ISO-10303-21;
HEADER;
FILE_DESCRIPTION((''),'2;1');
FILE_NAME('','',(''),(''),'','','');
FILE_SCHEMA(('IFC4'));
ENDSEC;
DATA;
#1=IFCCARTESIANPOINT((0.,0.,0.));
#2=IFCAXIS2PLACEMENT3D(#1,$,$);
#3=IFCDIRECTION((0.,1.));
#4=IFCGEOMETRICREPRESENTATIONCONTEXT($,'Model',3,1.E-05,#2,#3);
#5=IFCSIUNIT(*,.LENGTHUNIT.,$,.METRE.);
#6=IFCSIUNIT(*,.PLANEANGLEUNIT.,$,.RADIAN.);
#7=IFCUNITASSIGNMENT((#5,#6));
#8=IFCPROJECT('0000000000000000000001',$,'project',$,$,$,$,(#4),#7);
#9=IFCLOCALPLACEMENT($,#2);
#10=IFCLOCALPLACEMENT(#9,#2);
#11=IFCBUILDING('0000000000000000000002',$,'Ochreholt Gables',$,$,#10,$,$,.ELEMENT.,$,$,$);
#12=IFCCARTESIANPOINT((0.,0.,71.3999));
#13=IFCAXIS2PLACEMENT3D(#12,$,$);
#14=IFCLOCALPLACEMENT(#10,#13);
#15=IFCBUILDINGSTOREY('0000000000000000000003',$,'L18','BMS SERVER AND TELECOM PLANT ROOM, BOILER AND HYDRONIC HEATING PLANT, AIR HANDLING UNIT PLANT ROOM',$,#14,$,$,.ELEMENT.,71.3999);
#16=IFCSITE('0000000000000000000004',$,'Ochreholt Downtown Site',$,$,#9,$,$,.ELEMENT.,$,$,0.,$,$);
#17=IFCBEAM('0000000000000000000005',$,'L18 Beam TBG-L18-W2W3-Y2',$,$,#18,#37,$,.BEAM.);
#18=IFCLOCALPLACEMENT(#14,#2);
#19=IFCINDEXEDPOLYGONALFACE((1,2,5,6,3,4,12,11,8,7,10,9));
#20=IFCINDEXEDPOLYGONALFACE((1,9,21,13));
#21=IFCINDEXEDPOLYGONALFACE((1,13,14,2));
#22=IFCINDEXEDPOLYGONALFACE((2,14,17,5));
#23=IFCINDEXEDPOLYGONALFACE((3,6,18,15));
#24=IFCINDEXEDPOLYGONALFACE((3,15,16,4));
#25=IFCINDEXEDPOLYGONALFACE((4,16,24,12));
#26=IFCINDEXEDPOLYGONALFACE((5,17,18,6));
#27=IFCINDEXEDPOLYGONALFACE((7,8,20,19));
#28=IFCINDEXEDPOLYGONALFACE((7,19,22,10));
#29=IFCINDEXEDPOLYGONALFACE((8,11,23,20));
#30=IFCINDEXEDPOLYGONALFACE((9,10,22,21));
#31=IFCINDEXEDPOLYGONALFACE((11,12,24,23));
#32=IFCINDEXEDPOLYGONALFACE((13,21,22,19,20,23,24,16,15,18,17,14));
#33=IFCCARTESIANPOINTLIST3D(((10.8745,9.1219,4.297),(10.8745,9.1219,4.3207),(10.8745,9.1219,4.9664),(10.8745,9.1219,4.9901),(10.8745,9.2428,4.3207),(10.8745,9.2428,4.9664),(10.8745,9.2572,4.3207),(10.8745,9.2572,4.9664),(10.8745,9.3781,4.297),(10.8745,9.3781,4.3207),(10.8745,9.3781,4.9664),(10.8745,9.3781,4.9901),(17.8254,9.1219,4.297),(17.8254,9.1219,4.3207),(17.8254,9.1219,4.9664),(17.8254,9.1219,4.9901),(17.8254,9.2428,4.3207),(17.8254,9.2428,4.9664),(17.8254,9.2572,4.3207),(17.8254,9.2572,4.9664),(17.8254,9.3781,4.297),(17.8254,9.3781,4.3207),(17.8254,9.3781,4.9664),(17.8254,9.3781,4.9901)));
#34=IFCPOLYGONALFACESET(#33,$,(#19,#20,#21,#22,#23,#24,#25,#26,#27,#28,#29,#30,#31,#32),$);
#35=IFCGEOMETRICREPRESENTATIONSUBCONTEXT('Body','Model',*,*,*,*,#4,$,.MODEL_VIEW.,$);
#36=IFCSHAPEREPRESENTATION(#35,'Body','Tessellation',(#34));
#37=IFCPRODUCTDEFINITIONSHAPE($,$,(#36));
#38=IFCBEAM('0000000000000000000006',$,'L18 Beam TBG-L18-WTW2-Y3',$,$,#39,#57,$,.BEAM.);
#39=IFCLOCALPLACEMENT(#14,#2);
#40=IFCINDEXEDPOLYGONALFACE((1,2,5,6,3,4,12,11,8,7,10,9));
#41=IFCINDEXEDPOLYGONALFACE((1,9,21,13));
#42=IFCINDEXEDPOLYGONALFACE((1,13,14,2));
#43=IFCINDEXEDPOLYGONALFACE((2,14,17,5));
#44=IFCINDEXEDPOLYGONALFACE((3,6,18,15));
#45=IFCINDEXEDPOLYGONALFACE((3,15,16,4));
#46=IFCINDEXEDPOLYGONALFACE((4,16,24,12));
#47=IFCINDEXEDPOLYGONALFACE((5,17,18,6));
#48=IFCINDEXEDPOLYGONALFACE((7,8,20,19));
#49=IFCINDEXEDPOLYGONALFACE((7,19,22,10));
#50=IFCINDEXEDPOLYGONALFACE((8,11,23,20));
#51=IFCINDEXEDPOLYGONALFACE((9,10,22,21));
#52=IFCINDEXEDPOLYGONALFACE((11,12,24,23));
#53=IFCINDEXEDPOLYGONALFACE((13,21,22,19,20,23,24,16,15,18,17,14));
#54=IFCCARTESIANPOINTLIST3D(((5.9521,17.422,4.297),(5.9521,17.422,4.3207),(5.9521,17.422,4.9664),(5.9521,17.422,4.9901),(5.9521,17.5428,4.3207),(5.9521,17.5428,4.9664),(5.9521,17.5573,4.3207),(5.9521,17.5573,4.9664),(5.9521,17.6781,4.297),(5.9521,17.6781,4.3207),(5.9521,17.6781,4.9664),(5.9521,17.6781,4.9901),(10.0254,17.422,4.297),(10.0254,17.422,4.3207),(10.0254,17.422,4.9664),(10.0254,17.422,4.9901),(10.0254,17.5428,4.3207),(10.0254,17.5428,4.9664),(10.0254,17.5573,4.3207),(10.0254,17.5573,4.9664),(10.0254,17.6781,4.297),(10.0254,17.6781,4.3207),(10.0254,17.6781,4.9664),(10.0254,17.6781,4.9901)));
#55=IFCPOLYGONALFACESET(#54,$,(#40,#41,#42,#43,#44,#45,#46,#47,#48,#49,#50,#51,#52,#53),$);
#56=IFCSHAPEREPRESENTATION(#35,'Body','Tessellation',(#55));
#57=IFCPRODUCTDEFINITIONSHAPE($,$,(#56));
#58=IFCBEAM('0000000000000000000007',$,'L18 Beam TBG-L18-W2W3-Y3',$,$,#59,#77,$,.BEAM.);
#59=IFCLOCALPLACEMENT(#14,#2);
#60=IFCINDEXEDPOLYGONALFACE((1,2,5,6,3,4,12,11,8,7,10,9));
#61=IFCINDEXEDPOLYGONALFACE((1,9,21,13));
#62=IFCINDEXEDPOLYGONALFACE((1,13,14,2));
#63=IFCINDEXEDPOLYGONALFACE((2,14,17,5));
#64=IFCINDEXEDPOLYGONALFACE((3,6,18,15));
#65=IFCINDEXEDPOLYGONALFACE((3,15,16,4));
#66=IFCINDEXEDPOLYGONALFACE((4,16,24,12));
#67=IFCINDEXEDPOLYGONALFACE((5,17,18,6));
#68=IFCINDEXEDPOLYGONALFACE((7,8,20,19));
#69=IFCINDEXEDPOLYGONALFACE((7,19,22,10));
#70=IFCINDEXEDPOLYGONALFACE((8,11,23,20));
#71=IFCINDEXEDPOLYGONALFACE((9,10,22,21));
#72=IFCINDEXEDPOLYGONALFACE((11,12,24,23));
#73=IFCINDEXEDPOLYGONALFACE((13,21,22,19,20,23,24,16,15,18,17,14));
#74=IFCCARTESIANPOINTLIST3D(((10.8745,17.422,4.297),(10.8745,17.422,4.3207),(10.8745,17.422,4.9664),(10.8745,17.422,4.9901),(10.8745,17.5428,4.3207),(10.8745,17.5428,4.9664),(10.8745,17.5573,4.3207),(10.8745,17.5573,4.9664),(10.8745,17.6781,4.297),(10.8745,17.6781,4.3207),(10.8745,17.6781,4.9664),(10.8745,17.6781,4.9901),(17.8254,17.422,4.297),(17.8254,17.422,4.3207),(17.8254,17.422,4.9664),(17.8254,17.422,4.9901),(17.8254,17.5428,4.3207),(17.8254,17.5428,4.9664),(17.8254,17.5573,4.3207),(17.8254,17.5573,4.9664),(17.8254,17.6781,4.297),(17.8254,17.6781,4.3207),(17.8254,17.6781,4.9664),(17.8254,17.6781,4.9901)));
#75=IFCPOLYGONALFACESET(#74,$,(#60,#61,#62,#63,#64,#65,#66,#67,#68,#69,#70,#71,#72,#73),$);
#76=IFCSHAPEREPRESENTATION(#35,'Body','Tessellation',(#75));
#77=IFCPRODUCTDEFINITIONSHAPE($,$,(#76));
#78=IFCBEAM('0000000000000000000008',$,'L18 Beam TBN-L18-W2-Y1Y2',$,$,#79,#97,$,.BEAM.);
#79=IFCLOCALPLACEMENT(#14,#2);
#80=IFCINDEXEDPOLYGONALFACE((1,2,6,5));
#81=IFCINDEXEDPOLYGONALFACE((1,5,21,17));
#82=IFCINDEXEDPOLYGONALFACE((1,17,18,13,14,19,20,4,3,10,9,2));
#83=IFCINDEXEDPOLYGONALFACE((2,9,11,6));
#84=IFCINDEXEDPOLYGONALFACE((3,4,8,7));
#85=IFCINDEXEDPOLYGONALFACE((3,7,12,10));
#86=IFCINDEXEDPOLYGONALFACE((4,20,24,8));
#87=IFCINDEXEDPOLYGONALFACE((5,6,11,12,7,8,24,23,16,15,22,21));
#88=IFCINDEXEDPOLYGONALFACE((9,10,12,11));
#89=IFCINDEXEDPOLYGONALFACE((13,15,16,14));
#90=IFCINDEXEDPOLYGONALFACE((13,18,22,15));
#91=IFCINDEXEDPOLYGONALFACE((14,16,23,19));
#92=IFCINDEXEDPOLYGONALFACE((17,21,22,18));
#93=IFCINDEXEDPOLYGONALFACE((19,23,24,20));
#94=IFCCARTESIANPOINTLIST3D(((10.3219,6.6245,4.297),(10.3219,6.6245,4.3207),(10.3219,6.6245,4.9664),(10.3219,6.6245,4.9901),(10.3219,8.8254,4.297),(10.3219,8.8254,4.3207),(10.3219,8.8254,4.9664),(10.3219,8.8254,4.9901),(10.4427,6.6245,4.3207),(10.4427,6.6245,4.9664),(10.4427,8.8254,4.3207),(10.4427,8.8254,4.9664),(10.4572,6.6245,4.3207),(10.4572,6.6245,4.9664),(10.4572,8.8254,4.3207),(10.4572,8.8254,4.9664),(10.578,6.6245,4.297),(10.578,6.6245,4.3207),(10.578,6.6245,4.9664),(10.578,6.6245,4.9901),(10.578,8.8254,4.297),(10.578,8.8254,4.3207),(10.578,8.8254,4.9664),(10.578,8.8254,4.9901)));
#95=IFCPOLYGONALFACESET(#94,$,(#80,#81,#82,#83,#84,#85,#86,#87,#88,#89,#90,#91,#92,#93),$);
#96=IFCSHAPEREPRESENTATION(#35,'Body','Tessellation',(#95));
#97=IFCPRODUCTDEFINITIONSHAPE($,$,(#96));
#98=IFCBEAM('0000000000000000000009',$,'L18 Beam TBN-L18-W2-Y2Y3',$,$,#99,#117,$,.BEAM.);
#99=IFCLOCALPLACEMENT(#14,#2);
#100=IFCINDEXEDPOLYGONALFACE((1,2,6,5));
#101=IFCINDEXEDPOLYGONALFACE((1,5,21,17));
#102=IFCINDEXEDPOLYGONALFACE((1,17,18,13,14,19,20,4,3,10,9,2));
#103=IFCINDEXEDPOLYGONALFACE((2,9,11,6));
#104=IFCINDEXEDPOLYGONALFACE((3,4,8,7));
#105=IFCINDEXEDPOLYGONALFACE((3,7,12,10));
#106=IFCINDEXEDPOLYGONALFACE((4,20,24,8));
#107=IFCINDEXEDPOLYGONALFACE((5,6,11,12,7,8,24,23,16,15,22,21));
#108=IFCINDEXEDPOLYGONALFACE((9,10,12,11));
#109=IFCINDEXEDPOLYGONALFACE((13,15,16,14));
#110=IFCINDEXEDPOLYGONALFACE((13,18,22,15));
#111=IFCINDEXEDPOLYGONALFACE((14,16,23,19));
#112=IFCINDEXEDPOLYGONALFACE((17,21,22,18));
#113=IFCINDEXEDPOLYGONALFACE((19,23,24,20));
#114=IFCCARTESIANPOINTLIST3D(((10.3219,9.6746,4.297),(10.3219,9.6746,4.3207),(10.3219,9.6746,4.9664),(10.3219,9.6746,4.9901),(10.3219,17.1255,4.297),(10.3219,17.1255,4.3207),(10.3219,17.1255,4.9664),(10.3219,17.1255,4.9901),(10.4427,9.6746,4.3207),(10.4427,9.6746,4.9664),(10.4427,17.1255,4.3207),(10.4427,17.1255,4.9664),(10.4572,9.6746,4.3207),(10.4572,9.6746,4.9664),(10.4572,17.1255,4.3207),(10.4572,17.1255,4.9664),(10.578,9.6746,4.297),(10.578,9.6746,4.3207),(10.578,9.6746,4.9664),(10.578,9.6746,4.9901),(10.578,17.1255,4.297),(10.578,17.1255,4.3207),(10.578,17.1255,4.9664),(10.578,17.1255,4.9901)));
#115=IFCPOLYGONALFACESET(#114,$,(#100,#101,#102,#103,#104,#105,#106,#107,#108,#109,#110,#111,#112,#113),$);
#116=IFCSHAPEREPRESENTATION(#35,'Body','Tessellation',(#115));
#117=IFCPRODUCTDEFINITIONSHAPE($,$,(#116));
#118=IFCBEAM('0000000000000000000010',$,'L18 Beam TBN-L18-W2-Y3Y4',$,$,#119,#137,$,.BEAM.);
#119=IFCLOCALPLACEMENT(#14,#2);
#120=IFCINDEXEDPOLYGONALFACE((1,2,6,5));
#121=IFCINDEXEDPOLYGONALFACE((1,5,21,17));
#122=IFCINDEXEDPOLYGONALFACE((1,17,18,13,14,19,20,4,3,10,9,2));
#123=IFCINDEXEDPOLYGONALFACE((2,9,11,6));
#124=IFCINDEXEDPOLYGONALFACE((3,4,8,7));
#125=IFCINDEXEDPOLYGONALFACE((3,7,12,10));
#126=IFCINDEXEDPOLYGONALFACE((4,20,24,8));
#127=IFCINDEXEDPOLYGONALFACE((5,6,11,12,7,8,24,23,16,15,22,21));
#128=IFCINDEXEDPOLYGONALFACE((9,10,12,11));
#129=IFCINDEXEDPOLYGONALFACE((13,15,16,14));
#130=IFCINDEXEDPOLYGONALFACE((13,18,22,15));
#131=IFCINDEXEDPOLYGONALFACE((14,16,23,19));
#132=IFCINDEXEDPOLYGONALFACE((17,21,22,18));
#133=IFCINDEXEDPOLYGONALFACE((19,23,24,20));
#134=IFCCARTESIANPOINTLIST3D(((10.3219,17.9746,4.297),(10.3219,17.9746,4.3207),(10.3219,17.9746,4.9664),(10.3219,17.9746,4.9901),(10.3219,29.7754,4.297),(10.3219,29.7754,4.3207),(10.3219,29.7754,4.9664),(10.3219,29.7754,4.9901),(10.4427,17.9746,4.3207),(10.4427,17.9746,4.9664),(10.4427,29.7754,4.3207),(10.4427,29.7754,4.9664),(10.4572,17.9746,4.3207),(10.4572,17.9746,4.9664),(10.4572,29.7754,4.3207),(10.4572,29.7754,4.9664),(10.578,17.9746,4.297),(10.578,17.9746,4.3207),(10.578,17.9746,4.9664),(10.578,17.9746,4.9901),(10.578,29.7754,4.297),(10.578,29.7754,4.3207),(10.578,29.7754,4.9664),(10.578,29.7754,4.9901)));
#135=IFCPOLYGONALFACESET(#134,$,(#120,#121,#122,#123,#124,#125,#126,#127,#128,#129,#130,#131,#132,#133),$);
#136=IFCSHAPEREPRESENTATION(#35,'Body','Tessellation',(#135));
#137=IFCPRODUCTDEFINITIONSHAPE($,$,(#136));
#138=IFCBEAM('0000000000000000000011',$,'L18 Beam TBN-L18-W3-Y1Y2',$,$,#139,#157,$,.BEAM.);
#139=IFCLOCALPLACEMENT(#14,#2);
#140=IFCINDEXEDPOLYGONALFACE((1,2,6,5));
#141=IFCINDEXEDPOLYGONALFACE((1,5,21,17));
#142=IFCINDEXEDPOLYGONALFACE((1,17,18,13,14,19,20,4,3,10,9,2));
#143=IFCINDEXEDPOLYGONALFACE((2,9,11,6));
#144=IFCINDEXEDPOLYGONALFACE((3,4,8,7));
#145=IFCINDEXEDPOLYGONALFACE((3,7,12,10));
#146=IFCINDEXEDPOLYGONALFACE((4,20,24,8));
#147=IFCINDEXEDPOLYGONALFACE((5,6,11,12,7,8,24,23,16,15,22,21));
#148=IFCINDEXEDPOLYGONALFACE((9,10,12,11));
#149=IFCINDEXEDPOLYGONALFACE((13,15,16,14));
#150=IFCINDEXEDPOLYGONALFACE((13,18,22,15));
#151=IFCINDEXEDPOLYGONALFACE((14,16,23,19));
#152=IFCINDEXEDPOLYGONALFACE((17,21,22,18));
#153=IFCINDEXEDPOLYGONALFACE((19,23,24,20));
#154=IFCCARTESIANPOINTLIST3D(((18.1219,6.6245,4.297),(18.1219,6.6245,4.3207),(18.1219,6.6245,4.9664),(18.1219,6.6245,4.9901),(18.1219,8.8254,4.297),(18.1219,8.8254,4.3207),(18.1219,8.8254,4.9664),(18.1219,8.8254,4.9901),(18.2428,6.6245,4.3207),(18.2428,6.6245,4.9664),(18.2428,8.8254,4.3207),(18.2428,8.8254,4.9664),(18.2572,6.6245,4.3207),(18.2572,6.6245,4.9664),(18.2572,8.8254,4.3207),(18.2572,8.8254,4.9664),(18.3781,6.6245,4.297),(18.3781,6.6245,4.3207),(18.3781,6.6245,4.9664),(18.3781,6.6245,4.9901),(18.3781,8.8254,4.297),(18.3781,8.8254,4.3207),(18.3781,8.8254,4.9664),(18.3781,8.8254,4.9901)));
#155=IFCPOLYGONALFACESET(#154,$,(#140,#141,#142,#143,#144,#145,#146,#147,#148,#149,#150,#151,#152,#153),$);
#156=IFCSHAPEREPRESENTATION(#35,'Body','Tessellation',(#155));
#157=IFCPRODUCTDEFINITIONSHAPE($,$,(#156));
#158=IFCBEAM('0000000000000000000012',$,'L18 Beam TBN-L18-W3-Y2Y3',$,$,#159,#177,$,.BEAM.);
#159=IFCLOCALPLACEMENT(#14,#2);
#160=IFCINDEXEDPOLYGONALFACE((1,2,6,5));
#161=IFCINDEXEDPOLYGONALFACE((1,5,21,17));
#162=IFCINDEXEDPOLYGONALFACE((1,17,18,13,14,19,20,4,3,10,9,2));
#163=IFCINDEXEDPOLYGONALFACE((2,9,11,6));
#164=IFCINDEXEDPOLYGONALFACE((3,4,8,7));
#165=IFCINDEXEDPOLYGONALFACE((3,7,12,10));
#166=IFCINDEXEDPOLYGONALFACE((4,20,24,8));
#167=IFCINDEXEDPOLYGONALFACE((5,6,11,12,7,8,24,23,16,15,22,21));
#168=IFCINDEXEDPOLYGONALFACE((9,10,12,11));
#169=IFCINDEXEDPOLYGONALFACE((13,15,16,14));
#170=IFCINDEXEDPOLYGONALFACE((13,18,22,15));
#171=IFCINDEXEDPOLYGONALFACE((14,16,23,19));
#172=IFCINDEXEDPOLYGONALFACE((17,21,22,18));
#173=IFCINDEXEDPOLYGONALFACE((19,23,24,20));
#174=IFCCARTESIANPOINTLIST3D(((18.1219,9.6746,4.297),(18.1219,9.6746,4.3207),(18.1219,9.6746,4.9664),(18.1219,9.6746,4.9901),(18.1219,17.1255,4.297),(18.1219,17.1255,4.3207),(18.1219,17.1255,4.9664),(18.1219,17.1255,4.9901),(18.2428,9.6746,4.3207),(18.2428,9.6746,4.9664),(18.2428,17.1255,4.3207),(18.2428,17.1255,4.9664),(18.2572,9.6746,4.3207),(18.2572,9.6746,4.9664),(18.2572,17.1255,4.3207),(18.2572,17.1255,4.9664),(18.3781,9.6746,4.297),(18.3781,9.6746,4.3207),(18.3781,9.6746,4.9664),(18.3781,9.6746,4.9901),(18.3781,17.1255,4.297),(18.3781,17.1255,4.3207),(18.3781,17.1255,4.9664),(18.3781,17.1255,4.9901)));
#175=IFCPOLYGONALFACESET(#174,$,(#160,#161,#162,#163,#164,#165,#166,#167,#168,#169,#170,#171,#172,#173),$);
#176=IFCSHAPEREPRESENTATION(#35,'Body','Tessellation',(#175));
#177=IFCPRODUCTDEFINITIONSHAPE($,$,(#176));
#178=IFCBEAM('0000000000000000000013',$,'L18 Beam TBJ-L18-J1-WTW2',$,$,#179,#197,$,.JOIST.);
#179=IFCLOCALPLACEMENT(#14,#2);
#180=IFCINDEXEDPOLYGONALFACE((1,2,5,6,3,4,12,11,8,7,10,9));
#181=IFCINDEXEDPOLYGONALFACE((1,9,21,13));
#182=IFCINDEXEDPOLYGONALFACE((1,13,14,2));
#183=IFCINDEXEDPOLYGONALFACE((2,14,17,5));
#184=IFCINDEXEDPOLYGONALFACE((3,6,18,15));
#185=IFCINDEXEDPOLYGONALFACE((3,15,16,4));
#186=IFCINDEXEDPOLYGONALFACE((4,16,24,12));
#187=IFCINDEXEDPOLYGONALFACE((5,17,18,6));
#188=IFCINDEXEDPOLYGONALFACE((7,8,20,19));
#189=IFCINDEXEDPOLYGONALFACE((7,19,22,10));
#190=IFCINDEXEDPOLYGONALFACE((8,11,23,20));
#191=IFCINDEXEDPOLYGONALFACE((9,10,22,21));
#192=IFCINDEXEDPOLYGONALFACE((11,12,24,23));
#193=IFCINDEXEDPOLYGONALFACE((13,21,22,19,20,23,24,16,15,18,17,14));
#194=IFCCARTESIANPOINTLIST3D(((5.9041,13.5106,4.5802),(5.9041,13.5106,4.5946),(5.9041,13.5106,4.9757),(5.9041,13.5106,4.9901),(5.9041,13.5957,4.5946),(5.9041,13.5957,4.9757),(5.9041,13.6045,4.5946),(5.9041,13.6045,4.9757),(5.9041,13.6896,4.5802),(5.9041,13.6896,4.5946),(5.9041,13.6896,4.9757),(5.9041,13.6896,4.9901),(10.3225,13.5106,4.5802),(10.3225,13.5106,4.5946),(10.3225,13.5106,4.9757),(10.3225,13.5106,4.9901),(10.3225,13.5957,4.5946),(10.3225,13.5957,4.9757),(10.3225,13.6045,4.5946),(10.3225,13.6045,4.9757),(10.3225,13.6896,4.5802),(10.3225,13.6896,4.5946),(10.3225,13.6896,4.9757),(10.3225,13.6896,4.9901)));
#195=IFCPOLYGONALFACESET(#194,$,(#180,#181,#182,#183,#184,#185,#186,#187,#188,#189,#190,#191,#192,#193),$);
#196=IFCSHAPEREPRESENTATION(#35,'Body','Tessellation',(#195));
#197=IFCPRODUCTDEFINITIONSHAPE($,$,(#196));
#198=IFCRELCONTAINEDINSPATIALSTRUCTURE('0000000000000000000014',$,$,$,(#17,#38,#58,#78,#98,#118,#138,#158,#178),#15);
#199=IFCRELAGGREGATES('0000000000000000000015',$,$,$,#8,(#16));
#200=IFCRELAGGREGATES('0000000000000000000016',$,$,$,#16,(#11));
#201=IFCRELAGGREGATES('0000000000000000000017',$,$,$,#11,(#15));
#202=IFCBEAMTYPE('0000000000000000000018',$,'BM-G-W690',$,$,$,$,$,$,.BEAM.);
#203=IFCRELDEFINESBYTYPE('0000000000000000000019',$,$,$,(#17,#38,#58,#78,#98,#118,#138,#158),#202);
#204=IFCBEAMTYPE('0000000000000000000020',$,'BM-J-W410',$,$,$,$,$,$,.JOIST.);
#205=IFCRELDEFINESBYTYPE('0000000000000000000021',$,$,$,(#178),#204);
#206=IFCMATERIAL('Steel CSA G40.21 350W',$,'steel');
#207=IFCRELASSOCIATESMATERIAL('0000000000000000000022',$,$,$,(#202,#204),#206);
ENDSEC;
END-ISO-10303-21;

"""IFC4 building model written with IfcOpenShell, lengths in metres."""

from ifc_helpers import new_model, si_unit, direction, frame, origin, origin_2d, place, context, subcontext, project, spatial, i_section, extrude, material, material_profile, profile_set, type_object, element, save


model = new_model("IFC4")

# Units and contexts
model_context = context("Model", 3, precision=1e-05, world=origin(), true_north=direction((0.0, 1.0)))
body_context = subcontext(model_context, "Body", "Model", "MODEL_VIEW")
ifc_project = project(units=[si_unit("LENGTHUNIT", "METRE"), si_unit("PLANEANGLEUNIT", "RADIAN")], contexts=[model_context])

# Site, building, storey
site_placement = place(None, origin())
site = spatial("IfcSite", under=ifc_project, at=site_placement, Name="Ochreholt Downtown Site", CompositionType="ELEMENT", RefElevation=0.0)
building_placement = place(site_placement, origin())
building = spatial("IfcBuilding", under=site, at=building_placement, Name="Ochreholt Gables", CompositionType="ELEMENT")
storey_placement = place(building_placement, frame((0.0, 0.0, 71.3999)))
storey = spatial("IfcBuildingStorey", under=building, at=storey_placement, Name="L18", Description="BMS SERVER AND TELECOM PLANT ROOM, BOILER AND HYDRONIC HEATING PLANT, AIR HANDLING UNIT PLANT ROOM", CompositionType="ELEMENT", Elevation=71.3999)

# Shared definitions
ifc_material_1 = material(Name="Steel CSA G40.21 350W", Category="steel")

# Beams
ifc_material_profile_1 = material_profile(ifc_material_1, i_section(OverallWidth=0.2561, OverallDepth=0.6931, WebThickness=0.0144, FlangeThickness=0.0237, at=origin_2d()), Name="W690X170")
ifc_profile_set_1 = profile_set([ifc_material_profile_1], Name="Steel CSA G40.21 350W")
beam_type_1 = type_object("IfcBeamType", Name="BM-G-W690", PredefinedType="BEAM", material=ifc_profile_set_1)
beam_1_placement = place(storey_placement, frame((10.8745, 9.25, 4.6436), z_axis=(1.0, 0.0, 0.0), x_axis=(0.0, 1.0, 0.0)))
element("IfcBeam", 1, at=beam_1_placement, inside=storey, type_object=beam_type_1, Name="L18 Beam TBG-L18-W2W3-Y2", PredefinedType="BEAM", context=body_context, shape_type="SweptSolid", body=[
    extrude(i_section(OverallWidth=0.2561, OverallDepth=0.6931, WebThickness=0.0144, FlangeThickness=0.0237, at=origin_2d()), origin(), (0.0, 0.0, 1.0), 6.9509),
])
beam_2_placement = place(storey_placement, frame((5.9521, 17.55, 4.6436), z_axis=(1.0, 0.0, 0.0), x_axis=(0.0, 1.0, 0.0)))
element("IfcBeam", 2, at=beam_2_placement, inside=storey, type_object=beam_type_1, Name="L18 Beam TBG-L18-WTW2-Y3", PredefinedType="BEAM", context=body_context, shape_type="SweptSolid", body=[
    extrude(i_section(OverallWidth=0.2561, OverallDepth=0.6931, WebThickness=0.0144, FlangeThickness=0.0237, at=origin_2d()), origin(), (0.0, 0.0, 1.0), 4.0732),
])
beam_3_placement = place(storey_placement, frame((10.8745, 17.55, 4.6436), z_axis=(1.0, 0.0, 0.0), x_axis=(0.0, 1.0, 0.0)))
element("IfcBeam", 3, at=beam_3_placement, inside=storey, type_object=beam_type_1, Name="L18 Beam TBG-L18-W2W3-Y3", PredefinedType="BEAM", context=body_context, shape_type="SweptSolid", body=[
    extrude(i_section(OverallWidth=0.2561, OverallDepth=0.6931, WebThickness=0.0144, FlangeThickness=0.0237, at=origin_2d()), origin(), (0.0, 0.0, 1.0), 6.9509),
])
beam_4_placement = place(storey_placement, frame((10.45, 6.6245, 4.6436), z_axis=(0.0, 1.0, 0.0), x_axis=(-1.0, 0.0, 0.0)))
element("IfcBeam", 4, at=beam_4_placement, inside=storey, type_object=beam_type_1, Name="L18 Beam TBN-L18-W2-Y1Y2", PredefinedType="BEAM", context=body_context, shape_type="SweptSolid", body=[
    extrude(i_section(OverallWidth=0.2561, OverallDepth=0.6931, WebThickness=0.0144, FlangeThickness=0.0237, at=origin_2d()), origin(), (0.0, 0.0, 1.0), 2.2009),
])
beam_5_placement = place(storey_placement, frame((10.45, 9.6746, 4.6436), z_axis=(0.0, 1.0, 0.0), x_axis=(-1.0, 0.0, 0.0)))
element("IfcBeam", 5, at=beam_5_placement, inside=storey, type_object=beam_type_1, Name="L18 Beam TBN-L18-W2-Y2Y3", PredefinedType="BEAM", context=body_context, shape_type="SweptSolid", body=[
    extrude(i_section(OverallWidth=0.2561, OverallDepth=0.6931, WebThickness=0.0144, FlangeThickness=0.0237, at=origin_2d()), origin(), (0.0, 0.0, 1.0), 7.4509),
])
beam_6_placement = place(storey_placement, frame((10.45, 17.9746, 4.6436), z_axis=(0.0, 1.0, 0.0), x_axis=(-1.0, 0.0, 0.0)))
element("IfcBeam", 6, at=beam_6_placement, inside=storey, type_object=beam_type_1, Name="L18 Beam TBN-L18-W2-Y3Y4", PredefinedType="BEAM", context=body_context, shape_type="SweptSolid", body=[
    extrude(i_section(OverallWidth=0.2561, OverallDepth=0.6931, WebThickness=0.0144, FlangeThickness=0.0237, at=origin_2d()), origin(), (0.0, 0.0, 1.0), 11.8008),
])
beam_7_placement = place(storey_placement, frame((18.25, 6.6245, 4.6436), z_axis=(0.0, 1.0, 0.0), x_axis=(-1.0, 0.0, 0.0)))
element("IfcBeam", 7, at=beam_7_placement, inside=storey, type_object=beam_type_1, Name="L18 Beam TBN-L18-W3-Y1Y2", PredefinedType="BEAM", context=body_context, shape_type="SweptSolid", body=[
    extrude(i_section(OverallWidth=0.2561, OverallDepth=0.6931, WebThickness=0.0144, FlangeThickness=0.0237, at=origin_2d()), origin(), (0.0, 0.0, 1.0), 2.2009),
])
beam_8_placement = place(storey_placement, frame((18.25, 9.6746, 4.6436), z_axis=(0.0, 1.0, 0.0), x_axis=(-1.0, 0.0, 0.0)))
element("IfcBeam", 8, at=beam_8_placement, inside=storey, type_object=beam_type_1, Name="L18 Beam TBN-L18-W3-Y2Y3", PredefinedType="BEAM", context=body_context, shape_type="SweptSolid", body=[
    extrude(i_section(OverallWidth=0.2561, OverallDepth=0.6931, WebThickness=0.0144, FlangeThickness=0.0237, at=origin_2d()), origin(), (0.0, 0.0, 1.0), 7.4509),
])
ifc_material_profile_2 = material_profile(ifc_material_1, i_section(OverallWidth=0.179, OverallDepth=0.4099, WebThickness=0.0088, FlangeThickness=0.0144, at=origin_2d()), Name="W410X67")
ifc_profile_set_2 = profile_set([ifc_material_profile_2], Name="Steel CSA G40.21 350W")
beam_type_2 = type_object("IfcBeamType", Name="BM-J-W410", PredefinedType="JOIST", material=ifc_profile_set_2)
beam_9_placement = place(storey_placement, frame((5.9041, 13.6001, 4.7852), z_axis=(1.0, 0.0, 0.0), x_axis=(0.0, 1.0, 0.0)))
element("IfcBeam", 9, at=beam_9_placement, inside=storey, type_object=beam_type_2, Name="L18 Beam TBJ-L18-J1-WTW2", PredefinedType="JOIST", context=body_context, shape_type="SweptSolid", body=[
    extrude(i_section(OverallWidth=0.179, OverallDepth=0.4099, WebThickness=0.0088, FlangeThickness=0.0144, at=origin_2d()), origin(), (0.0, 0.0, 1.0), 4.4185),
])

save(model, "model.ifc")
